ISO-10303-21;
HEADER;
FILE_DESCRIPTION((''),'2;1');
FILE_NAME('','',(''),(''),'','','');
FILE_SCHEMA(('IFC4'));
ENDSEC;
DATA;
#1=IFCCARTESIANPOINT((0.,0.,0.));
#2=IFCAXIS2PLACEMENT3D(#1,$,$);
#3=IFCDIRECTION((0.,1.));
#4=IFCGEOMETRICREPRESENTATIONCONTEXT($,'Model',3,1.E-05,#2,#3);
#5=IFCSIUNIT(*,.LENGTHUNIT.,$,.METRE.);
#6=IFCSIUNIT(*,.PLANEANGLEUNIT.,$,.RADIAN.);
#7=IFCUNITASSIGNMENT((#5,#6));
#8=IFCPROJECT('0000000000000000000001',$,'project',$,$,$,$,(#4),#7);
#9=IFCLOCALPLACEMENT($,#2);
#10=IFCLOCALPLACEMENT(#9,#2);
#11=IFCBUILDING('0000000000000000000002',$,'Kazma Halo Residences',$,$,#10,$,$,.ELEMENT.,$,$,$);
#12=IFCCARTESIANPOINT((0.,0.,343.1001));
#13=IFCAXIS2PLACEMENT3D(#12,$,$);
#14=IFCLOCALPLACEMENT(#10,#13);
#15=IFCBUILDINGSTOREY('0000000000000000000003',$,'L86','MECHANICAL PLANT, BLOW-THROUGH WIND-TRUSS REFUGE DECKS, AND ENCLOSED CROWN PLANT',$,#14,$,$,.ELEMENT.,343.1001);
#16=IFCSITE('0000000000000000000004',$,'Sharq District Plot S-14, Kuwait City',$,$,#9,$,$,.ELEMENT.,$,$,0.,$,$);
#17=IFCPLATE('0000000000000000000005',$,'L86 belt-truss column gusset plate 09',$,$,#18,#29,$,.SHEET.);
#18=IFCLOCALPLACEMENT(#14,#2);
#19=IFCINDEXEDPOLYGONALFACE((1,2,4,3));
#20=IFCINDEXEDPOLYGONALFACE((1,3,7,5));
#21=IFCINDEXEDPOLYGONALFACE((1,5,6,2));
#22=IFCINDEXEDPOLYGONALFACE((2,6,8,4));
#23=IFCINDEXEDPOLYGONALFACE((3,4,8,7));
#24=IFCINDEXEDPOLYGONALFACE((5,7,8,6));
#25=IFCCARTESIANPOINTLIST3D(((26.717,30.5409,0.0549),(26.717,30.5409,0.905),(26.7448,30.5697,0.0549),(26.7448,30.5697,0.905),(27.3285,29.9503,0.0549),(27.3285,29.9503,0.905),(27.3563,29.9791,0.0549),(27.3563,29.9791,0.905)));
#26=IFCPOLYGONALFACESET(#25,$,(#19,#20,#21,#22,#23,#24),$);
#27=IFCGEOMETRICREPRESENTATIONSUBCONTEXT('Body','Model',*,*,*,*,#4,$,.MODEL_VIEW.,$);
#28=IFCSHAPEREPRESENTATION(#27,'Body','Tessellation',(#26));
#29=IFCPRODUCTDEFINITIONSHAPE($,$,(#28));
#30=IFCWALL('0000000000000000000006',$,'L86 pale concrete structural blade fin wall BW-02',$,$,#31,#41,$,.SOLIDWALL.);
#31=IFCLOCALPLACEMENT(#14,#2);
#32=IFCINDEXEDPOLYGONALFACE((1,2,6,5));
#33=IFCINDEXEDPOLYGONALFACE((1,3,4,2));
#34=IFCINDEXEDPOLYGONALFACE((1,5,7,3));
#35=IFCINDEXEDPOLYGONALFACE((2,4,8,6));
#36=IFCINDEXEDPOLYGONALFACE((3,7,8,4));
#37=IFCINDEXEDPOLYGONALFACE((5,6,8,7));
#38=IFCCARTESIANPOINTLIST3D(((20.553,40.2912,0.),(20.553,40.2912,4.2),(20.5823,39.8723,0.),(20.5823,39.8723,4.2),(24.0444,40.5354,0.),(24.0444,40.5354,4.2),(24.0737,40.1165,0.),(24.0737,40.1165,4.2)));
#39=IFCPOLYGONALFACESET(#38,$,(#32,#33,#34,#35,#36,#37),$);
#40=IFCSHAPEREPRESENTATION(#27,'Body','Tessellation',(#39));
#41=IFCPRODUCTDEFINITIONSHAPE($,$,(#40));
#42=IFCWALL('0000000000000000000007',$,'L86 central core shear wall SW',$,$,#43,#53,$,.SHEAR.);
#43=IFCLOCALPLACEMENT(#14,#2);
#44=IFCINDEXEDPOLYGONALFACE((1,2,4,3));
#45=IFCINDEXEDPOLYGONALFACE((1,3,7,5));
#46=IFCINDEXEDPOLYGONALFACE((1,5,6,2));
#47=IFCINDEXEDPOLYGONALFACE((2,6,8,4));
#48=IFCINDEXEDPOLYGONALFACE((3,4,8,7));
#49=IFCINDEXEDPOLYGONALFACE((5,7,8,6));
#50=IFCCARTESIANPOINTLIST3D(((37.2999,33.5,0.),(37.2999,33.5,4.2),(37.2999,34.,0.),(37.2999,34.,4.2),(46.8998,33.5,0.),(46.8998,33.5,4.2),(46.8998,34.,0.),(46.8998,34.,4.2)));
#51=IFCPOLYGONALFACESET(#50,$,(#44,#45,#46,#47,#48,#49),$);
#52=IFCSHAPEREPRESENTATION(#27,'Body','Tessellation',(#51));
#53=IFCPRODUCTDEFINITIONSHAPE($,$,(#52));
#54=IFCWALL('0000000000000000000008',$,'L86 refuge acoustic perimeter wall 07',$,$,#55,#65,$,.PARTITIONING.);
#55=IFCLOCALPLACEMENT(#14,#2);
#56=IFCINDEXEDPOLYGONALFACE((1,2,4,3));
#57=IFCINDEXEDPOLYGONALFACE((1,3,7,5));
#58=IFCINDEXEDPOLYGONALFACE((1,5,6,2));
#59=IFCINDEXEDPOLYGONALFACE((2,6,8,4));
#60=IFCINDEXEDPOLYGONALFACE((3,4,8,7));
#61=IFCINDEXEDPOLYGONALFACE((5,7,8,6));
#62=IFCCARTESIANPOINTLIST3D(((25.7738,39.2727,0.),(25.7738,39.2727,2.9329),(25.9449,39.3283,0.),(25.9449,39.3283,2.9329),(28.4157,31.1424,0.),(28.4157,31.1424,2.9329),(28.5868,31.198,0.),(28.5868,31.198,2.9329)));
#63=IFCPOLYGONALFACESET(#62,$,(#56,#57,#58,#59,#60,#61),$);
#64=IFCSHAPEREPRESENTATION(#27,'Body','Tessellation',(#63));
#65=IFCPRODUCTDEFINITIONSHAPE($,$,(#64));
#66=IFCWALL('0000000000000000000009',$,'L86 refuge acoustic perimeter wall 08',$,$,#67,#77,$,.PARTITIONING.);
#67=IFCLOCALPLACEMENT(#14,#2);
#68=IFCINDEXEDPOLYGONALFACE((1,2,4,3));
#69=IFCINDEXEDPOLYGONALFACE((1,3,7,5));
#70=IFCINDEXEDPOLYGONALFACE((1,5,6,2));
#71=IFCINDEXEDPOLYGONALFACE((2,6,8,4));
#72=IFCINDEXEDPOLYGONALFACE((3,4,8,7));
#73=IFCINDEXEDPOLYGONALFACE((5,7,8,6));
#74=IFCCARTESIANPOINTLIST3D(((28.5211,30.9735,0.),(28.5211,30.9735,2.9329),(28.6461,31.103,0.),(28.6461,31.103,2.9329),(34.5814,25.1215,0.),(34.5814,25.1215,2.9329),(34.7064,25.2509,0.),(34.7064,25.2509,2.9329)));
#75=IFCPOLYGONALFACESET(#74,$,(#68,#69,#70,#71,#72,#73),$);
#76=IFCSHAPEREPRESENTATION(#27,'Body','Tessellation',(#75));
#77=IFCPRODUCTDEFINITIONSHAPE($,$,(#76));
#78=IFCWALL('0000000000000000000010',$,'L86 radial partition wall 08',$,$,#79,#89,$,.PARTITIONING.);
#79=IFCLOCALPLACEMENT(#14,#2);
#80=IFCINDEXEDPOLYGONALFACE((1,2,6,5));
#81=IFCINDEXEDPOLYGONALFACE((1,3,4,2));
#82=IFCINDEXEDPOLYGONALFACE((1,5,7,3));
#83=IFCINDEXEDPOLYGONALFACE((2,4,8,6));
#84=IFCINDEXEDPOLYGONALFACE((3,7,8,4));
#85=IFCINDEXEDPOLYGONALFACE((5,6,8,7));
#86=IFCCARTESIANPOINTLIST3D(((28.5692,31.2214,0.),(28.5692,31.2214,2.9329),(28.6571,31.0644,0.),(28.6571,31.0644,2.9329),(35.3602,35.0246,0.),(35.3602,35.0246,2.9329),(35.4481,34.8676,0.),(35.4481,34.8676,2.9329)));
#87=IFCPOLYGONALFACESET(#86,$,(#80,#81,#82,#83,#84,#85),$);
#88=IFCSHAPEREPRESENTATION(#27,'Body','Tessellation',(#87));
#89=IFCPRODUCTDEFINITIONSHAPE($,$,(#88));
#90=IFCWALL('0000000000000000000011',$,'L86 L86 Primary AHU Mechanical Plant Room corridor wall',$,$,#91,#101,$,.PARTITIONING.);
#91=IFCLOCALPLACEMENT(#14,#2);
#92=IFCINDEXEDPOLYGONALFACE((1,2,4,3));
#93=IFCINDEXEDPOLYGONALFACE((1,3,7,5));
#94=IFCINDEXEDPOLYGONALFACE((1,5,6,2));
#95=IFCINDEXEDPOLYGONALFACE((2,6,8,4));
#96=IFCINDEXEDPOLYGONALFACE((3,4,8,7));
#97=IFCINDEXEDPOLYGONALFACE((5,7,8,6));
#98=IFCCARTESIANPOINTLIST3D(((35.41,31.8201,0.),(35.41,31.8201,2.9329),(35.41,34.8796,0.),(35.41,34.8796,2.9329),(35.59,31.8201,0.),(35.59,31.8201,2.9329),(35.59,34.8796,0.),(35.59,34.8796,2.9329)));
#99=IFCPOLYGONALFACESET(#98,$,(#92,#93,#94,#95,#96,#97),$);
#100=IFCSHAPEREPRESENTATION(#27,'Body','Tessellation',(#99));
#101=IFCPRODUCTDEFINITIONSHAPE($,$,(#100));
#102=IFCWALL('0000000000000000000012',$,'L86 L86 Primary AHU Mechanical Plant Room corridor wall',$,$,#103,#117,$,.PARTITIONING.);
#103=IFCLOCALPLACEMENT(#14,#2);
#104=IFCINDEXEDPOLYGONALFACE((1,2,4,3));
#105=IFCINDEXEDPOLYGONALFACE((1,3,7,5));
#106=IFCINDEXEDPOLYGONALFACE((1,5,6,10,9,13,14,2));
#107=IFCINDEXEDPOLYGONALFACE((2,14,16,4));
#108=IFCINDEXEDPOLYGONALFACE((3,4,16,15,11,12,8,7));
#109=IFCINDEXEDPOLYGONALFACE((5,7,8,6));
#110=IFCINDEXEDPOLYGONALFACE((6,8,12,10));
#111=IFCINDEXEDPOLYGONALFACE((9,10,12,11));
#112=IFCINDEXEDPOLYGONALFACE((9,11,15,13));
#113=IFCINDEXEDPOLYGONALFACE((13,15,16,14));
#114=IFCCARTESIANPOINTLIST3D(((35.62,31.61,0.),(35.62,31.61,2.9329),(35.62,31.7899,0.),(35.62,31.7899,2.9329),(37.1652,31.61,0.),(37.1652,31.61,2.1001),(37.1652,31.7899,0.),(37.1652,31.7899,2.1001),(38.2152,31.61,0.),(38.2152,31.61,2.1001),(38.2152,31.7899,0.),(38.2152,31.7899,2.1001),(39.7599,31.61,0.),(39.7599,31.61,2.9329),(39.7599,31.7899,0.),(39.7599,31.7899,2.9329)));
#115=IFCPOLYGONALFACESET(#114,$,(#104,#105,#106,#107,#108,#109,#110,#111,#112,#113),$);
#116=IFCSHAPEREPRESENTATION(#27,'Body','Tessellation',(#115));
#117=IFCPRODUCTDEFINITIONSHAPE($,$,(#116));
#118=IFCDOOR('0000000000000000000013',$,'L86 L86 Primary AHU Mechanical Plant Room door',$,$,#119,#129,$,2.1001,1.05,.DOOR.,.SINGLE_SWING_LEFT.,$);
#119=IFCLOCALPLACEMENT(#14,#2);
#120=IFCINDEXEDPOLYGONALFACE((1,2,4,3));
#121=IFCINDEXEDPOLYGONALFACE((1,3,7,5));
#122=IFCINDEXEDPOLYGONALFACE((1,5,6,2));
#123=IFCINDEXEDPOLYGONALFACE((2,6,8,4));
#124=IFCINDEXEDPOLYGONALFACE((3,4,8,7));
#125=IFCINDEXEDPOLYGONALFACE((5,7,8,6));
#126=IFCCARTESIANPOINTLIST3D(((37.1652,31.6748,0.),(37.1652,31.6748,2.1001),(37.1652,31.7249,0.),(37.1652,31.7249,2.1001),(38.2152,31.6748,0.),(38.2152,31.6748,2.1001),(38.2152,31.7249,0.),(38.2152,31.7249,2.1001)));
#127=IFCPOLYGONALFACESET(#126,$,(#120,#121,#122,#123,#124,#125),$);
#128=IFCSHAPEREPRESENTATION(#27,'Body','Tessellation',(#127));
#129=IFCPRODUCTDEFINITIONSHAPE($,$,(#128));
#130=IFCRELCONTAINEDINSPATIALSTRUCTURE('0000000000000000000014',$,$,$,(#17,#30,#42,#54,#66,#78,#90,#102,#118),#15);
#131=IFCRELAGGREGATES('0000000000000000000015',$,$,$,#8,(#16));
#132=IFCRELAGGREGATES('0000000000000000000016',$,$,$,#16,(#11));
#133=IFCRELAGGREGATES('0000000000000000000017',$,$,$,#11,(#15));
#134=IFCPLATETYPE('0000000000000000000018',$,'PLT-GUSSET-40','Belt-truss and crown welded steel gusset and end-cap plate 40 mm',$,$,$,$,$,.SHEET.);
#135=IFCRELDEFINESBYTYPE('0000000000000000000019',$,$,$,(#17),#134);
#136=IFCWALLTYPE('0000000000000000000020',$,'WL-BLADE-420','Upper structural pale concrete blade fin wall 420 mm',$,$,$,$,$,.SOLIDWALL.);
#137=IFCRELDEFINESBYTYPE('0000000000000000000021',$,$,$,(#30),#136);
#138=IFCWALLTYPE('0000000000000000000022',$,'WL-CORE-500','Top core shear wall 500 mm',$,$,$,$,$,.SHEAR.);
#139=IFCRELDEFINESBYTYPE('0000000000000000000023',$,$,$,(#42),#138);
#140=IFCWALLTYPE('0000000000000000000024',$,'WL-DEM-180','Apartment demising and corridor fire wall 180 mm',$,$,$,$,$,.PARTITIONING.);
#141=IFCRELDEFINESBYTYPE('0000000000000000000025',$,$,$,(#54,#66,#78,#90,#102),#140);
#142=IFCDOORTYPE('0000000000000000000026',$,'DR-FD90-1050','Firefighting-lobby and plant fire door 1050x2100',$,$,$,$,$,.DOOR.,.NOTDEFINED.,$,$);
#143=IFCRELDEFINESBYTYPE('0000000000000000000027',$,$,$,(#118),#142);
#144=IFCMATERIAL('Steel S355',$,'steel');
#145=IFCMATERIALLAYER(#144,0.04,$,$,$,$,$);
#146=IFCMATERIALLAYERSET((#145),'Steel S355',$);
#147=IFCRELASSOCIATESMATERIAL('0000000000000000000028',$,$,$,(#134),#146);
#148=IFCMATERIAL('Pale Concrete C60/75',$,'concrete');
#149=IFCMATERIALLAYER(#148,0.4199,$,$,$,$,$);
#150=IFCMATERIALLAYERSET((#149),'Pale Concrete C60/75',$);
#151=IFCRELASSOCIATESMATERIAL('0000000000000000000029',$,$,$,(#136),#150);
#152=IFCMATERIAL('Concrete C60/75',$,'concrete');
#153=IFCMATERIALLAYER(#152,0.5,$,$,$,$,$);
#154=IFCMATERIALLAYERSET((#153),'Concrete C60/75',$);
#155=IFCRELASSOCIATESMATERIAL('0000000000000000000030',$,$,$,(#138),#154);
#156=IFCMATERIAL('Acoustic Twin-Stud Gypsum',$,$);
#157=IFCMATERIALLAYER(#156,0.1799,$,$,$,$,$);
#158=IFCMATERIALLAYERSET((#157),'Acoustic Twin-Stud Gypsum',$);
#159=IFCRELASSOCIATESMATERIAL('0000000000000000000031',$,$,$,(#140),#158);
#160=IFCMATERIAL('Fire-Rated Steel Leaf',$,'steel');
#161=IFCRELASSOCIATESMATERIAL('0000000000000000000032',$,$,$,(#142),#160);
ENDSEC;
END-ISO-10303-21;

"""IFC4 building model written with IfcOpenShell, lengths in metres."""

from ifc_helpers import new_model, si_unit, direction, frame, frame_2d, origin, origin_2d, place, context, subcontext, project, spatial, rectangle, extrude, material, layer, layer_set, type_object, element, fill, save


model = new_model("IFC4")

# Units and contexts
model_context = context("Model", 3, precision=1e-05, world=origin(), true_north=direction((0.0, 1.0)))
body_context = subcontext(model_context, "Body", "Model", "MODEL_VIEW")
ifc_project = project(units=[si_unit("LENGTHUNIT", "METRE"), si_unit("PLANEANGLEUNIT", "RADIAN")], contexts=[model_context])

# Site, building, storey
site_placement = place(None, origin())
site = spatial("IfcSite", under=ifc_project, at=site_placement, Name="Sharq District Plot S-14, Kuwait City", CompositionType="ELEMENT", RefElevation=0.0)
building_placement = place(site_placement, origin())
building = spatial("IfcBuilding", under=site, at=building_placement, Name="Kazma Halo Residences", CompositionType="ELEMENT")
storey_placement = place(building_placement, frame((0.0, 0.0, 343.1001)))
storey = spatial("IfcBuildingStorey", under=building, at=storey_placement, Name="L86", Description="MECHANICAL PLANT, BLOW-THROUGH WIND-TRUSS REFUGE DECKS, AND ENCLOSED CROWN PLANT", CompositionType="ELEMENT", Elevation=343.1001)

# Shared definitions
ifc_material_1 = material(Name="Concrete C60/75", Category="concrete")

# Shared definitions
ifc_material_2 = material(Name="Steel S355", Category="steel")

# Plate
ifc_layer_1 = layer(ifc_material_2, 0.04)
ifc_layer_set_1 = layer_set([ifc_layer_1], Name="Steel S355")
plate_type_1 = type_object("IfcPlateType", Name="PLT-GUSSET-40", Description="Belt-truss and crown welded steel gusset and end-cap plate 40 mm", PredefinedType="SHEET", material=ifc_layer_set_1)
for number, where, z_axis, x_axis, name in (
    (1, (27.0366, 30.26, 0.0549), (0.0, 0.0, 1.0), (0.719335, -0.694663, 0.0), "L86 belt-truss column gusset plate 09"),
):
    element("IfcPlate", number, at=place(storey_placement, frame(where, z_axis=z_axis, x_axis=x_axis)), inside=storey, type_object=plate_type_1, Name=name, PredefinedType="SHEET", context=body_context, shape_type="SweptSolid", body=[
        extrude(rectangle(XDim=0.8501, YDim=0.04, at=origin_2d()), origin(), (0.0, 0.0, 1.0), 0.8501),
    ])

# Walls
ifc_material_3 = material(Name="Pale Concrete C60/75", Category="concrete")
ifc_layer_2 = layer(ifc_material_3, 0.4199)
ifc_layer_set_2 = layer_set([ifc_layer_2], Name="Pale Concrete C60/75")
wall_type_1 = type_object("IfcWallType", Name="WL-BLADE-420", Description="Upper structural pale concrete blade fin wall 420 mm", PredefinedType="SOLIDWALL", material=ifc_layer_set_2)
wall_1_placement = place(storey_placement, frame((24.0591, 40.3259, 0.0), z_axis=(0.0, 0.0, 1.0), x_axis=(-0.997564, -0.069755, 0.0)))
element("IfcWall", 2, at=wall_1_placement, inside=storey, type_object=wall_type_1, Name="L86 pale concrete structural blade fin wall BW-02", PredefinedType="SOLIDWALL", context=body_context, shape_type="SweptSolid", body=[
    extrude(rectangle(XDim=3.5, YDim=0.4199, at=frame_2d((1.75, 0.0))), origin(), (0.0, 0.0, 1.0), 4.2),
])
ifc_layer_3 = layer(ifc_material_1, 0.5)
ifc_layer_set_3 = layer_set([ifc_layer_3], Name="Concrete C60/75")
wall_type_2 = type_object("IfcWallType", Name="WL-CORE-500", Description="Top core shear wall 500 mm", PredefinedType="SHEAR", material=ifc_layer_set_3)
wall_2_placement = place(storey_placement, frame((37.3, 33.75, 0.0), z_axis=(0.0, 0.0, 1.0), x_axis=(1.0, 0.0, 0.0)))
element("IfcWall", 3, at=wall_2_placement, inside=storey, type_object=wall_type_2, Name="L86 central core shear wall SW", PredefinedType="SHEAR", context=body_context, shape_type="SweptSolid", body=[
    extrude(rectangle(XDim=9.5999, YDim=0.5, at=frame_2d((4.7998, 0.0))), origin(), (0.0, 0.0, 1.0), 4.2),
])
ifc_material_4 = material(Name="Acoustic Twin-Stud Gypsum")
ifc_layer_4 = layer(ifc_material_4, 0.1799)
ifc_layer_set_4 = layer_set([ifc_layer_4], Name="Acoustic Twin-Stud Gypsum")
wall_type_3 = type_object("IfcWallType", Name="WL-DEM-180", Description="Apartment demising and corridor fire wall 180 mm", PredefinedType="PARTITIONING", material=ifc_layer_set_4)
wall_3_placement = place(storey_placement, frame((25.8594, 39.3005, 0.0), z_axis=(0.0, 0.0, 1.0), x_axis=(0.309031, -0.951052, 0.0)))
element("IfcWall", 4, at=wall_3_placement, inside=storey, type_object=wall_type_3, Name="L86 refuge acoustic perimeter wall 07", PredefinedType="PARTITIONING", context=body_context, shape_type="SweptSolid", body=[
    extrude(rectangle(XDim=8.5488, YDim=0.1799, at=frame_2d((4.2744, 0.0))), origin(), (0.0, 0.0, 1.0), 2.9329),
])
wall_4_placement = place(storey_placement, frame((28.5835, 31.0383, 0.0), z_axis=(0.0, 0.0, 1.0), x_axis=(0.719359, -0.694639, 0.0)))
element("IfcWall", 5, at=wall_4_placement, inside=storey, type_object=wall_type_3, Name="L86 refuge acoustic perimeter wall 08", PredefinedType="PARTITIONING", context=body_context, shape_type="SweptSolid", body=[
    extrude(rectangle(XDim=8.4246, YDim=0.1799, at=frame_2d((4.2124, 0.0))), origin(), (0.0, 0.0, 1.0), 2.9329),
])

# Walls
wall_5_placement = place(storey_placement, frame((35.4041, 34.946, 0.0), z_axis=(0.0, 0.0, 1.0), x_axis=(-0.872492, -0.488628, 0.0)))
element("IfcWall", 6, at=wall_5_placement, inside=storey, type_object=wall_type_3, Name="L86 radial partition wall 08", PredefinedType="PARTITIONING", context=body_context, shape_type="SweptSolid", body=[
    extrude(rectangle(XDim=7.7834, YDim=0.1799, at=frame_2d((3.8916, 0.0))), origin(), (0.0, 0.0, 1.0), 2.9329),
])
wall_6_placement = place(storey_placement, frame((35.5, 34.8796, 0.0), z_axis=(0.0, 0.0, 1.0), x_axis=(0.0, -1.0, 0.0)))
element("IfcWall", 7, at=wall_6_placement, inside=storey, type_object=wall_type_3, Name="L86 L86 Primary AHU Mechanical Plant Room corridor wall", PredefinedType="PARTITIONING", context=body_context, shape_type="SweptSolid", body=[
    extrude(rectangle(XDim=3.0596, YDim=0.1799, at=frame_2d((1.5298, 0.0))), origin(), (0.0, 0.0, 1.0), 2.9329),
])

# Wall, opening, door
wall_7_placement = place(storey_placement, frame((35.6201, 31.7, 0.0), z_axis=(0.0, 0.0, 1.0), x_axis=(1.0, 0.0, 0.0)))
wall_7 = element("IfcWall", 8, at=wall_7_placement, inside=storey, type_object=wall_type_3, Name="L86 L86 Primary AHU Mechanical Plant Room corridor wall", PredefinedType="PARTITIONING", context=body_context, shape_type="SweptSolid", body=[
    extrude(rectangle(XDim=4.1399, YDim=0.1799, at=frame_2d((2.0698, 0.0))), origin(), (0.0, 0.0, 1.0), 2.9329),
])
opening_1_placement = place(wall_7_placement, frame((1.5452, 0.0, 0.0)))
opening_1 = element("IfcOpeningElement", 9, at=opening_1_placement, cuts=wall_7, PredefinedType="OPENING", context=body_context, shape_type="SweptSolid", body=[
    extrude(rectangle(XDim=1.05, YDim=2.1001, at=frame_2d((0.5249, 1.05))), frame((0.0, 0.0999, 0.0), z_axis=(0.0, -1.0, 0.0), x_axis=(1.0, 0.0, 0.0)), (0.0, 0.0, 1.0), 0.2),
])
ifc_material_5 = material(Name="Fire-Rated Steel Leaf", Category="steel")
door_type_1 = type_object("IfcDoorType", Name="DR-FD90-1050", Description="Firefighting-lobby and plant fire door 1050x2100", OperationType="NOTDEFINED", PredefinedType="DOOR", material=ifc_material_5)
door_1_placement = place(opening_1_placement, origin())
door_1 = element("IfcDoor", 10, at=door_1_placement, inside=storey, type_object=door_type_1, Name="L86 L86 Primary AHU Mechanical Plant Room door", OperationType="SINGLE_SWING_LEFT", OverallHeight=2.1001, OverallWidth=1.05, PredefinedType="DOOR", context=body_context, shape_type="SweptSolid", body=[
    extrude(rectangle(XDim=1.05, YDim=2.1001, at=frame_2d((0.5249, 1.05))), frame((0.0, 0.0249, 0.0), z_axis=(0.0, -1.0, 0.0), x_axis=(1.0, 0.0, 0.0)), (0.0, 0.0, 1.0), 0.05),
])
fill(opening_1, door_1)

save(model, "model.ifc")
